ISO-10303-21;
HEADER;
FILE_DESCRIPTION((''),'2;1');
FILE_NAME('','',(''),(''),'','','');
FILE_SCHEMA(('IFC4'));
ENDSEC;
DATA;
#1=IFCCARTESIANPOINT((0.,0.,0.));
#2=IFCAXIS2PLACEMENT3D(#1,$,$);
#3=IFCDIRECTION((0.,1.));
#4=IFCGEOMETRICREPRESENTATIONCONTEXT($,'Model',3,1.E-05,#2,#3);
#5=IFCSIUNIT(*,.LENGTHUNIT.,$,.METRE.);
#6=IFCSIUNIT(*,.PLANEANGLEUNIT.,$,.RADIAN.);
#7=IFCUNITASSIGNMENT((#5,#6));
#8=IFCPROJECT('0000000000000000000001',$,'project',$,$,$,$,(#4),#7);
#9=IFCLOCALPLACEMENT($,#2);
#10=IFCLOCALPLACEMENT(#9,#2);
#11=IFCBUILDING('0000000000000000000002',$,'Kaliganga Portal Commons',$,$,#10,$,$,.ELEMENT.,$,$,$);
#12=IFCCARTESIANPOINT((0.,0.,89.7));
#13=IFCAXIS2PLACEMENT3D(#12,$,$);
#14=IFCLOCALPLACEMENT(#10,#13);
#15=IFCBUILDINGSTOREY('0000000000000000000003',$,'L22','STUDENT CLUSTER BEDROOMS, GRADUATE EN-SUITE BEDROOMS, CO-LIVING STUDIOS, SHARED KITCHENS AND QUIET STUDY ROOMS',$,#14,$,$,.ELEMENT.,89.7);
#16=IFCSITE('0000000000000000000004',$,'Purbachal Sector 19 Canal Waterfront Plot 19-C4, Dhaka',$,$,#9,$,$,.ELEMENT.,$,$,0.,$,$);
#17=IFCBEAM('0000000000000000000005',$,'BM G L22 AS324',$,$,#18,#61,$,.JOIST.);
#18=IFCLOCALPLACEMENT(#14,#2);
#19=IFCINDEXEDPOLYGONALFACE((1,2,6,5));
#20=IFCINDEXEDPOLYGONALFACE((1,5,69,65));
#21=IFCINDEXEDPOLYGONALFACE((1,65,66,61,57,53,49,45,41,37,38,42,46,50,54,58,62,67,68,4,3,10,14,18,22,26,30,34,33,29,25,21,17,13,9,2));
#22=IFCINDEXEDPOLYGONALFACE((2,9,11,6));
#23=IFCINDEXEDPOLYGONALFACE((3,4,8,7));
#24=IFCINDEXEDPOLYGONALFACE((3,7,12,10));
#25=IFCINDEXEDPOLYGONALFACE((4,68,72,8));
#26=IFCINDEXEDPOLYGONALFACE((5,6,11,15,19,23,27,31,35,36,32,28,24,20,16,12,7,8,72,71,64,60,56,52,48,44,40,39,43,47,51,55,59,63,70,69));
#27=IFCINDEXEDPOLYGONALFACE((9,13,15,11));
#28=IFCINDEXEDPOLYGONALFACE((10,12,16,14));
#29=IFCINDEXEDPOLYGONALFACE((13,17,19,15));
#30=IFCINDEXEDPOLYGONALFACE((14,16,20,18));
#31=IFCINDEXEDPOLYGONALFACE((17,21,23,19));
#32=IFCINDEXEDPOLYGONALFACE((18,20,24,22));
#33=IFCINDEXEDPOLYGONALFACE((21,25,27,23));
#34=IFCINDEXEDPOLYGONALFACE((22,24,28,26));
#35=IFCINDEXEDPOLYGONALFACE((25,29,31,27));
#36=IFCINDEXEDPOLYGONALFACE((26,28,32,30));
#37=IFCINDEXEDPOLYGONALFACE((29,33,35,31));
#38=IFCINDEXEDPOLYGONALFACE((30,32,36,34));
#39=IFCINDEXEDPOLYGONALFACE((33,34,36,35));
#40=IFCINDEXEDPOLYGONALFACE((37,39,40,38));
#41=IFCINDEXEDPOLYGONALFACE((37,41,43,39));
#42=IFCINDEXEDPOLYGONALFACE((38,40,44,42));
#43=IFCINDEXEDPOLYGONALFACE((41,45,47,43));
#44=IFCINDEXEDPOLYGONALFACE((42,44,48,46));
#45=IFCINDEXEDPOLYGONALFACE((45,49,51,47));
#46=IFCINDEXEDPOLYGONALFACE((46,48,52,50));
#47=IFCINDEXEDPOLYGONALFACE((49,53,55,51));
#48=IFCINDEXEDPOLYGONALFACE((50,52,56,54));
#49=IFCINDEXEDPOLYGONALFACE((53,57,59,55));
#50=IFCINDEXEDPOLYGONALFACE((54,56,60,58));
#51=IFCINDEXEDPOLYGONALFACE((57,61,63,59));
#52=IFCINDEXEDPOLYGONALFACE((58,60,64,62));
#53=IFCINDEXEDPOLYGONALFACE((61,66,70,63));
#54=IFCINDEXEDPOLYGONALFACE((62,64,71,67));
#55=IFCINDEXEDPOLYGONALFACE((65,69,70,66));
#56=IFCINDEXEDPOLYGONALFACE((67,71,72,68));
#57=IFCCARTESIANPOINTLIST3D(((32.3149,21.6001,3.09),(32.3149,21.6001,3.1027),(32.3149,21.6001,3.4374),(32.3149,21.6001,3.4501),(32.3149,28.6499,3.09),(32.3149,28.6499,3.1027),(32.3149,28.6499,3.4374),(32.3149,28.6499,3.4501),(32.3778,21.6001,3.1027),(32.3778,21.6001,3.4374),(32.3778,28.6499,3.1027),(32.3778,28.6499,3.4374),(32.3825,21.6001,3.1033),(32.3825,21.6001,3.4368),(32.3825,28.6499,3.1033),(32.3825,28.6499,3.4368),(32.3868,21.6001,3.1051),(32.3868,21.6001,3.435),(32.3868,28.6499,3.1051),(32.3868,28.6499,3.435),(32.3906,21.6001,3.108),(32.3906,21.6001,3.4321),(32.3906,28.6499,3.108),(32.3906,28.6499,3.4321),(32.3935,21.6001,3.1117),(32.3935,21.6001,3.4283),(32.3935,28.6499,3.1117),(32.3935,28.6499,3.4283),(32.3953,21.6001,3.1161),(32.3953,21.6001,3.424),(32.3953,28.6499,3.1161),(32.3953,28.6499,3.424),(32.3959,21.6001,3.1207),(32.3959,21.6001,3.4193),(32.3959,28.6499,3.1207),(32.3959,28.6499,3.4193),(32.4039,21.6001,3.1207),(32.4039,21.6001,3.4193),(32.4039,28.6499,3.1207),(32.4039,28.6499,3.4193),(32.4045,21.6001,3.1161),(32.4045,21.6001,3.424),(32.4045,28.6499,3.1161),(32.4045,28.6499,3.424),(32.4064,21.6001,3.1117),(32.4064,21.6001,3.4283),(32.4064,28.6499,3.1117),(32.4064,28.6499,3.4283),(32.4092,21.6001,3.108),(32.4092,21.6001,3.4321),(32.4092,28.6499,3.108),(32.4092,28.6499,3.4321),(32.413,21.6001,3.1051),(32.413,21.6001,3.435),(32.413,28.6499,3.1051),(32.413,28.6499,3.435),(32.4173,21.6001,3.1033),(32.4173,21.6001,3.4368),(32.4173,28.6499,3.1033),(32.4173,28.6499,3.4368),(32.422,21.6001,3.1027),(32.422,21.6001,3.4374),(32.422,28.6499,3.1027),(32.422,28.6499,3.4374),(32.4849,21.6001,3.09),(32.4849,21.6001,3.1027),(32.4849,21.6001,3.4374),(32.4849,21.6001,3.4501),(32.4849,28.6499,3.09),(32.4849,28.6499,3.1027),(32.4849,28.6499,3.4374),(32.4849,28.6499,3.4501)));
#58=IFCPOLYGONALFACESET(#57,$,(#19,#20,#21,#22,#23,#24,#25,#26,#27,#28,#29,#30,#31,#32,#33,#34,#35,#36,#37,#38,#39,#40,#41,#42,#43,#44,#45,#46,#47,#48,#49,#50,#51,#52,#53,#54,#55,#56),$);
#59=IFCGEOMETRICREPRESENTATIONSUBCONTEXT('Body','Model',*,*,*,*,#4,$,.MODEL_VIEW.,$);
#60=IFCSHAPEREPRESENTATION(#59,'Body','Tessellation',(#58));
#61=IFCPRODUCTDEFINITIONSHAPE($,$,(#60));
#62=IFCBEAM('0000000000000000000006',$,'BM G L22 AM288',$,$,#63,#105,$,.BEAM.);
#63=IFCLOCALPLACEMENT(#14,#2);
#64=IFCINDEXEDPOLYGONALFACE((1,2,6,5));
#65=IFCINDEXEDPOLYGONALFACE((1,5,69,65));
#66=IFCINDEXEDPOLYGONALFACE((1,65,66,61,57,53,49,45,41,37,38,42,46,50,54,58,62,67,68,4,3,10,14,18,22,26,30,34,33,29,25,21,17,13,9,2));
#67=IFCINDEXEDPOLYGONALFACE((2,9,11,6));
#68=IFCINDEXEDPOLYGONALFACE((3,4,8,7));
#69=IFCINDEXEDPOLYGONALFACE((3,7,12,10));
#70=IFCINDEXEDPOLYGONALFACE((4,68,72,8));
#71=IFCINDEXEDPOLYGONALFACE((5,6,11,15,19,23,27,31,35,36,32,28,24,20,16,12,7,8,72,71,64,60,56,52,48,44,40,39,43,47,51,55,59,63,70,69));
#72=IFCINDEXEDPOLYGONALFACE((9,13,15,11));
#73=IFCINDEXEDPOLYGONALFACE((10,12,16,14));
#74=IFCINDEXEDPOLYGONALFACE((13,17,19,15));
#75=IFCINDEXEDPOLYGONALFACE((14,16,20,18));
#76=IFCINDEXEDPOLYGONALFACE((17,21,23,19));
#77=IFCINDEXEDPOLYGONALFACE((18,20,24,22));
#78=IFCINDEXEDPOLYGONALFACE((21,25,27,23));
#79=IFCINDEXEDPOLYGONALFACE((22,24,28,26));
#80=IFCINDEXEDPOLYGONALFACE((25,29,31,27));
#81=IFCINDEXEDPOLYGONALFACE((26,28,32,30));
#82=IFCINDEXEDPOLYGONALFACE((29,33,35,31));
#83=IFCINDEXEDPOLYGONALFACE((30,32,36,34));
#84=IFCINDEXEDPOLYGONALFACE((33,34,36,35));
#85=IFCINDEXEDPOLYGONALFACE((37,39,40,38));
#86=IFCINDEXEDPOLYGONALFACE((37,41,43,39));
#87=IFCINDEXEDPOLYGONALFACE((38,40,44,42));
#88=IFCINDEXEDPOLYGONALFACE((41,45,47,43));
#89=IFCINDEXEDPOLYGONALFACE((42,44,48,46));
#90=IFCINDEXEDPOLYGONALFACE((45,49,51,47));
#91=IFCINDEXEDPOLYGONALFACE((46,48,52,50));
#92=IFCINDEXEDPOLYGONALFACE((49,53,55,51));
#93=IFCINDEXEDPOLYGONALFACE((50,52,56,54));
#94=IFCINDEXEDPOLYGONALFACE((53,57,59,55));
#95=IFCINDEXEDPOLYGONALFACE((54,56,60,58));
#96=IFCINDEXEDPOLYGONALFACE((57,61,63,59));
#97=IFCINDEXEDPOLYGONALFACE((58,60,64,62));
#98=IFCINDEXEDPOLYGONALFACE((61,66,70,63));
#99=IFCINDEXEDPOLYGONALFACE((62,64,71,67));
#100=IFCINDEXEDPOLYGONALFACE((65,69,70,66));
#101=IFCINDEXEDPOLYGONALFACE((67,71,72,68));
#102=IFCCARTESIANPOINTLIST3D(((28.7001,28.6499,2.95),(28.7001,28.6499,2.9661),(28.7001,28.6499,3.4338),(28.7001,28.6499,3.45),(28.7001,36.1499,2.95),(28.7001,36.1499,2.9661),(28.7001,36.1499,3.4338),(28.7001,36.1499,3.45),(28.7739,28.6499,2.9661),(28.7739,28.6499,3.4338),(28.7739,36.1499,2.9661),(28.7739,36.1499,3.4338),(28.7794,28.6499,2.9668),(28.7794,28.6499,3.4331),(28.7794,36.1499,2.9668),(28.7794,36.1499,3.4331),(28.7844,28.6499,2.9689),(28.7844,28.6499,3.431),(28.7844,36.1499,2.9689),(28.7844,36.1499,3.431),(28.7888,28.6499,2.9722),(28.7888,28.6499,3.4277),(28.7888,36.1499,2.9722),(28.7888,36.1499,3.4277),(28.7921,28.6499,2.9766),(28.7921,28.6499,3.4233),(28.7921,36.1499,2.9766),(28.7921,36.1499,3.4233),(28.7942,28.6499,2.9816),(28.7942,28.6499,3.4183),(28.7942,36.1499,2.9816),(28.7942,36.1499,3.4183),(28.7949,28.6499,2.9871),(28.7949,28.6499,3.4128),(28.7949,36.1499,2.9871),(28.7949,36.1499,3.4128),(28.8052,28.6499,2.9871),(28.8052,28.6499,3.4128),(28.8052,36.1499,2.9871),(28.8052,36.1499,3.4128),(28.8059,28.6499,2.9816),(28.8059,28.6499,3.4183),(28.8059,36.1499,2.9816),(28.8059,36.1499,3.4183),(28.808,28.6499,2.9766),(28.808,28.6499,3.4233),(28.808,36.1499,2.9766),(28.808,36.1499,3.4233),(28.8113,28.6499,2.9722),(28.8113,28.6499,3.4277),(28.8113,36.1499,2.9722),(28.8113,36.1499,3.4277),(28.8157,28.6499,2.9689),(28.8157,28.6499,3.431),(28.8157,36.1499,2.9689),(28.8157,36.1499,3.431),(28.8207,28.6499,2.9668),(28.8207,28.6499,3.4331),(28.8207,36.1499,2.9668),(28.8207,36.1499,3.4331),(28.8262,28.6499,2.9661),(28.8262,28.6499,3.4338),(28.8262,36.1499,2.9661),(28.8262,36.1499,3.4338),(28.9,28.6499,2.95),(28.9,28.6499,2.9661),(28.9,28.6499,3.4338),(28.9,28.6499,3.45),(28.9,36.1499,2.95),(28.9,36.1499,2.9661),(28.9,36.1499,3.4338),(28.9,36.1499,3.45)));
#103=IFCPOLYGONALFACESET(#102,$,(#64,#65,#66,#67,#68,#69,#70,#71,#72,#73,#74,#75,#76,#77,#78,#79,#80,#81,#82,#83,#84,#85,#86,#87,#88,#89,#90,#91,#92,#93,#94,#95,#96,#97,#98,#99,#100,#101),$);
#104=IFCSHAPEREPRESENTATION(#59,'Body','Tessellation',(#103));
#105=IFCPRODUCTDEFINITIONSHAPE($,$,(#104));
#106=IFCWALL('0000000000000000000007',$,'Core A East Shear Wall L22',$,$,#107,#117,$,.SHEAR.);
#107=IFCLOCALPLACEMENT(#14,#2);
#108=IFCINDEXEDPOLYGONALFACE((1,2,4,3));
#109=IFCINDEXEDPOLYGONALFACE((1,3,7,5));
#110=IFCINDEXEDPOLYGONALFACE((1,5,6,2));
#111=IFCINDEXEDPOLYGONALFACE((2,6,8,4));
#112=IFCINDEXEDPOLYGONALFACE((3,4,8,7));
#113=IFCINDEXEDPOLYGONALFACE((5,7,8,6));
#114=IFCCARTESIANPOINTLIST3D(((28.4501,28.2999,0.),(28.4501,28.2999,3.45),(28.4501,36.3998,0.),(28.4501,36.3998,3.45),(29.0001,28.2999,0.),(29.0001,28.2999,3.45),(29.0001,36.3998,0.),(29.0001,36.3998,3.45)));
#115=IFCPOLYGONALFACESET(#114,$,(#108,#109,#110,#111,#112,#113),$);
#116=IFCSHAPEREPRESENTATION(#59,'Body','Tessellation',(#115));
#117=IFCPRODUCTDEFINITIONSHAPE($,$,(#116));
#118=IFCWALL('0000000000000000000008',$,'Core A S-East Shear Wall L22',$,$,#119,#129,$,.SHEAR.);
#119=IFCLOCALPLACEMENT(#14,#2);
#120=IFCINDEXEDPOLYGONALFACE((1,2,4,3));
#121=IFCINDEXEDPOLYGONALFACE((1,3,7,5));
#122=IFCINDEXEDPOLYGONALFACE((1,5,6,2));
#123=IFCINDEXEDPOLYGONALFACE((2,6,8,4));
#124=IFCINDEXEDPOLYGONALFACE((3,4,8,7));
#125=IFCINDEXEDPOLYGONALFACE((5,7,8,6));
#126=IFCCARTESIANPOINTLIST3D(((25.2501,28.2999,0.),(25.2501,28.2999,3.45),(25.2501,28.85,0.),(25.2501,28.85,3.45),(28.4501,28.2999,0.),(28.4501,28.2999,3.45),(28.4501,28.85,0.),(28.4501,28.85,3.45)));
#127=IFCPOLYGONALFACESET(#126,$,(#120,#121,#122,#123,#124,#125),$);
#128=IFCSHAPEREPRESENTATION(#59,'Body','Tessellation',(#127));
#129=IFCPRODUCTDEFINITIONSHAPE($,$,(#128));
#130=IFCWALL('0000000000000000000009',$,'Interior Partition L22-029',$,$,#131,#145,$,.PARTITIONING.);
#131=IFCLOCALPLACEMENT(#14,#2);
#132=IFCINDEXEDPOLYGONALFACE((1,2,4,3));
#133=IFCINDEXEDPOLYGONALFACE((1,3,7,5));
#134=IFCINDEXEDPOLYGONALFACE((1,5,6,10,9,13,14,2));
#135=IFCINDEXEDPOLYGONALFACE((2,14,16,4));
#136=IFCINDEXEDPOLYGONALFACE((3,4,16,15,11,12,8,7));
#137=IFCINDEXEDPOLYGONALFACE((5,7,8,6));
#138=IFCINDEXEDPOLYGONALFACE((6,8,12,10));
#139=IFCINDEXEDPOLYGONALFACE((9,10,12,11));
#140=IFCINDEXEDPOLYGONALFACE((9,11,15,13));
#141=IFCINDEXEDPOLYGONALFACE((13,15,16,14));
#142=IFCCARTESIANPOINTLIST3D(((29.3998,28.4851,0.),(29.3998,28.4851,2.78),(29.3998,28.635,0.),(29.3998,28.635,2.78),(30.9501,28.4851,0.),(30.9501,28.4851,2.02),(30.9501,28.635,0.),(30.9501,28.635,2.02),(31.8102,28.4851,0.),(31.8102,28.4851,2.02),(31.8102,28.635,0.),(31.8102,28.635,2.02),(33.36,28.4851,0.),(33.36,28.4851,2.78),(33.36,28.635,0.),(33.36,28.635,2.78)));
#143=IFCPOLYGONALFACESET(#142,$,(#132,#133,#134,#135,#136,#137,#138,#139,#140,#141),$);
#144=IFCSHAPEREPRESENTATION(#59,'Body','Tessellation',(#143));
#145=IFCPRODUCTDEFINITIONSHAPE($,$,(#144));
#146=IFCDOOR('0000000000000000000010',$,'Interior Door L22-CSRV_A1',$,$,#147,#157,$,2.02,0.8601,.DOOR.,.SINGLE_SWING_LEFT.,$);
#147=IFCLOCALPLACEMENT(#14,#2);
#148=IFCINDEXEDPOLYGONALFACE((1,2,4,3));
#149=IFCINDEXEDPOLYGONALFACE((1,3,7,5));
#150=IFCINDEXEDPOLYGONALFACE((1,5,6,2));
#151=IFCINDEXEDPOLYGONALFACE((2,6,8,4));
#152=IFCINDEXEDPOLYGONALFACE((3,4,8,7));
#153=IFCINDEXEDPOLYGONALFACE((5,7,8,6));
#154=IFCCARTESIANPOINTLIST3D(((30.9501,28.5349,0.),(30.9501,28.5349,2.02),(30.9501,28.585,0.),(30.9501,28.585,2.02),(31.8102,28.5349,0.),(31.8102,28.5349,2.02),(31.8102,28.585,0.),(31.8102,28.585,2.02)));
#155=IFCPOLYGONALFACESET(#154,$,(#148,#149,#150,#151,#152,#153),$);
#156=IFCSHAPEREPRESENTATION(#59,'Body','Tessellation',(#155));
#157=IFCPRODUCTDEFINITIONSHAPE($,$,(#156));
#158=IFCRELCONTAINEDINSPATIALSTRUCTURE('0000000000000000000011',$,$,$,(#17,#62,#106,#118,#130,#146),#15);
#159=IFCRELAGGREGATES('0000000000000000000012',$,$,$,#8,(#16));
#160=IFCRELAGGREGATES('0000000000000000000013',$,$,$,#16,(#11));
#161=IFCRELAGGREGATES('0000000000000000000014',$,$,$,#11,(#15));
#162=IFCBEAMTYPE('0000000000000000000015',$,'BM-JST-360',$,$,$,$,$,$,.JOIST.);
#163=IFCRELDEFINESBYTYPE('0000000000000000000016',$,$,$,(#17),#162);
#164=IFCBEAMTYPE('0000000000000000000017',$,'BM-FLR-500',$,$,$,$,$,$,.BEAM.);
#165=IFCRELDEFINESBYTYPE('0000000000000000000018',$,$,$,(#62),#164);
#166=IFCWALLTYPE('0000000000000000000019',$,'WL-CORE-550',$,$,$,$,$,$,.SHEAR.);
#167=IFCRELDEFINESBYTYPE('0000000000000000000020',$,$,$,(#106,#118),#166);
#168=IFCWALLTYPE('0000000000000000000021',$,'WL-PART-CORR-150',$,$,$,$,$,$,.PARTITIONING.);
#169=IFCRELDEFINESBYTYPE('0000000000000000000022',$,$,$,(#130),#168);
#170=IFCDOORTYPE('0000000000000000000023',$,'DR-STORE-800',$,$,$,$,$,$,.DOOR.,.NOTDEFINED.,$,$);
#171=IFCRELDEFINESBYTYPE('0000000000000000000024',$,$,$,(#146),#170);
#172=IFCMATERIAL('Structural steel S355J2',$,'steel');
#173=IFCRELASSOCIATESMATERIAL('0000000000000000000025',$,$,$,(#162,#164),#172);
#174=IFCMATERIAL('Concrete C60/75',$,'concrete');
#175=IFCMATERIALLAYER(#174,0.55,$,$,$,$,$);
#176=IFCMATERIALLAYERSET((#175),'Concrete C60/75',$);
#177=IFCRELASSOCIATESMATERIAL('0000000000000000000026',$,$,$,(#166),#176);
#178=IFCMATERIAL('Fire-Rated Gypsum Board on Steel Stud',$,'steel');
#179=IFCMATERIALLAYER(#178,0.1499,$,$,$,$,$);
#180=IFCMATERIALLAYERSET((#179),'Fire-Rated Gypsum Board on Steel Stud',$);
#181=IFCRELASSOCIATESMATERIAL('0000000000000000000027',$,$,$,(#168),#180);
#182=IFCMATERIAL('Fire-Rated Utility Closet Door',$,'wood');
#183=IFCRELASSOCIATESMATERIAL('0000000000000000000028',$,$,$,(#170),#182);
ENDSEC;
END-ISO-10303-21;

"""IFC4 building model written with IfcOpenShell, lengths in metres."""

from ifc_helpers import new_model, si_unit, direction, frame, frame_2d, origin, origin_2d, place, context, subcontext, project, spatial, rectangle, i_section, extrude, source, transform, mapped, material, layer, layer_set, material_profile, profile_set, type_object, element, fill, save


model = new_model("IFC4")

# Units and contexts
model_context = context("Model", 3, precision=1e-05, world=origin(), true_north=direction((0.0, 1.0)))
body_context = subcontext(model_context, "Body", "Model", "MODEL_VIEW")
ifc_project = project(units=[si_unit("LENGTHUNIT", "METRE"), si_unit("PLANEANGLEUNIT", "RADIAN")], contexts=[model_context])

# Site, building, storey
site_placement = place(None, origin())
site = spatial("IfcSite", under=ifc_project, at=site_placement, Name="Purbachal Sector 19 Canal Waterfront Plot 19-C4, Dhaka", CompositionType="ELEMENT", RefElevation=0.0)
building_placement = place(site_placement, origin())
building = spatial("IfcBuilding", under=site, at=building_placement, Name="Kaliganga Portal Commons", CompositionType="ELEMENT")
storey_placement = place(building_placement, frame((0.0, 0.0, 89.7)))
storey = spatial("IfcBuildingStorey", under=building, at=storey_placement, Name="L22", Description="STUDENT CLUSTER BEDROOMS, GRADUATE EN-SUITE BEDROOMS, CO-LIVING STUDIOS, SHARED KITCHENS AND QUIET STUDY ROOMS", CompositionType="ELEMENT", Elevation=89.7)

# Shared definitions
ifc_material_1 = material(Name="Concrete C60/75", Category="concrete")

# Beams
ifc_material_2 = material(Name="Structural steel S355J2", Category="steel")
ifc_material_profile_1 = material_profile(ifc_material_2, i_section(OverallWidth=0.1699, OverallDepth=0.3601, WebThickness=0.0081, FlangeThickness=0.0127, FilletRadius=0.0181, at=origin_2d()), Name="IPE 360")
ifc_profile_set_1 = profile_set([ifc_material_profile_1], Name="Structural steel S355J2 wide-flange")
beam_type_1 = type_object("IfcBeamType", Name="BM-JST-360", PredefinedType="JOIST", material=ifc_profile_set_1)
shared_shape_1 = source(origin(), body_context, "Body", "SweptSolid", [
    extrude(i_section(OverallWidth=0.1699, OverallDepth=0.3601, WebThickness=0.0081, FlangeThickness=0.0127, FilletRadius=0.0181, at=origin_2d()), origin(), (0.0, 0.0, 1.0), 7.0498),
])
beam_1_placement = place(storey_placement, frame((32.3999, 21.6001, 3.27), z_axis=(0.0, 1.0, 0.0), x_axis=(-1.0, 0.0, 0.0)))
element("IfcBeam", 1, at=beam_1_placement, inside=storey, type_object=beam_type_1, Name="BM G L22 AS324", PredefinedType="JOIST", context=body_context, shape_type="MappedRepresentation", body=[
    mapped(shared_shape_1, transform((0.0, 0.0, 0.0), x_axis=(1.0, 0.0, 0.0), y_axis=(0.0, 1.0, 0.0), z_axis=(0.0, 0.0, 1.0), scale=1.0)),
])
ifc_material_profile_2 = material_profile(ifc_material_2, i_section(OverallWidth=0.2, OverallDepth=0.5, WebThickness=0.0103, FlangeThickness=0.0161, FilletRadius=0.021, at=origin_2d()), Name="IPE 500")
ifc_profile_set_2 = profile_set([ifc_material_profile_2], Name="Structural steel S355J2 wide-flange")
beam_type_2 = type_object("IfcBeamType", Name="BM-FLR-500", PredefinedType="BEAM", material=ifc_profile_set_2)
shared_shape_2 = source(origin(), body_context, "Body", "SweptSolid", [
    extrude(i_section(OverallWidth=0.2, OverallDepth=0.5, WebThickness=0.0103, FlangeThickness=0.0161, FilletRadius=0.021, at=origin_2d()), origin(), (0.0, 0.0, 1.0), 7.5),
])
beam_2_placement = place(storey_placement, frame((28.8, 28.6499, 3.2), z_axis=(0.0, 1.0, 0.0), x_axis=(-1.0, 0.0, 0.0)))
element("IfcBeam", 2, at=beam_2_placement, inside=storey, type_object=beam_type_2, Name="BM G L22 AM288", PredefinedType="BEAM", context=body_context, shape_type="MappedRepresentation", body=[
    mapped(shared_shape_2, transform((0.0, 0.0, 0.0), x_axis=(1.0, 0.0, 0.0), y_axis=(0.0, 1.0, 0.0), z_axis=(0.0, 0.0, 1.0), scale=1.0)),
])

# Walls
ifc_layer_1 = layer(ifc_material_1, 0.55)
ifc_layer_set_1 = layer_set([ifc_layer_1], Name="Concrete C60/75")
wall_type_1 = type_object("IfcWallType", Name="WL-CORE-550", PredefinedType="SHEAR", material=ifc_layer_set_1)
wall_1_placement = place(storey_placement, frame((28.7251, 28.3, 0.0), z_axis=(0.0, 0.0, 1.0), x_axis=(0.0, 1.0, 0.0)))
element("IfcWall", 3, at=wall_1_placement, inside=storey, type_object=wall_type_1, Name="Core A East Shear Wall L22", PredefinedType="SHEAR", context=body_context, shape_type="SweptSolid", body=[
    extrude(rectangle(XDim=8.0999, YDim=0.55, at=frame_2d((4.0498, 0.0))), origin(), (0.0, 0.0, 1.0), 3.45),
])
wall_2_placement = place(storey_placement, frame((25.25, 28.575, 0.0), z_axis=(0.0, 0.0, 1.0), x_axis=(1.0, 0.0, 0.0)))
element("IfcWall", 4, at=wall_2_placement, inside=storey, type_object=wall_type_1, Name="Core A S-East Shear Wall L22", PredefinedType="SHEAR", context=body_context, shape_type="SweptSolid", body=[
    extrude(rectangle(XDim=3.2, YDim=0.55, at=frame_2d((1.6001, 0.0))), origin(), (0.0, 0.0, 1.0), 3.45),
])

# Wall, opening, door
ifc_material_3 = material(Name="Fire-Rated Gypsum Board on Steel Stud", Category="steel")
ifc_layer_2 = layer(ifc_material_3, 0.1499)
ifc_layer_set_2 = layer_set([ifc_layer_2], Name="Fire-Rated Gypsum Board on Steel Stud")
wall_type_2 = type_object("IfcWallType", Name="WL-PART-CORR-150", PredefinedType="PARTITIONING", material=ifc_layer_set_2)
wall_3_placement = place(storey_placement, frame((29.3999, 28.5601, 0.0), z_axis=(0.0, 0.0, 1.0), x_axis=(1.0, 0.0, 0.0)))
wall_3 = element("IfcWall", 5, at=wall_3_placement, inside=storey, type_object=wall_type_2, Name="Interior Partition L22-029", PredefinedType="PARTITIONING", context=body_context, shape_type="SweptSolid", body=[
    extrude(rectangle(XDim=3.9602, YDim=0.1499, at=frame_2d((1.98, 0.0))), origin(), (0.0, 0.0, 1.0), 2.78),
])
opening_1_placement = place(wall_3_placement, frame((1.55, 0.0, 0.0)))
opening_1 = element("IfcOpeningElement", 6, at=opening_1_placement, cuts=wall_3, PredefinedType="OPENING", context=body_context, shape_type="SweptSolid", body=[
    extrude(rectangle(XDim=0.8601, YDim=2.02, at=frame_2d((0.4302, 1.01))), frame((0.0, 0.085, 0.0), z_axis=(0.0, -1.0, 0.0), x_axis=(1.0, 0.0, 0.0)), (0.0, 0.0, 1.0), 0.1699),
])
ifc_material_4 = material(Name="Fire-Rated Utility Closet Door", Category="wood")
door_type_1 = type_object("IfcDoorType", Name="DR-STORE-800", OperationType="NOTDEFINED", PredefinedType="DOOR", material=ifc_material_4)
door_1_placement = place(opening_1_placement, origin())
door_1 = element("IfcDoor", 7, at=door_1_placement, inside=storey, type_object=door_type_1, Name="Interior Door L22-CSRV_A1", OperationType="SINGLE_SWING_LEFT", OverallHeight=2.02, OverallWidth=0.8601, PredefinedType="DOOR", context=body_context, shape_type="SweptSolid", body=[
    extrude(rectangle(XDim=0.8601, YDim=2.02, at=frame_2d((0.4302, 1.01))), frame((0.0, 0.0249, 0.0), z_axis=(0.0, -1.0, 0.0), x_axis=(1.0, 0.0, 0.0)), (0.0, 0.0, 1.0), 0.05),
])
fill(opening_1, door_1)

save(model, "model.ifc")
